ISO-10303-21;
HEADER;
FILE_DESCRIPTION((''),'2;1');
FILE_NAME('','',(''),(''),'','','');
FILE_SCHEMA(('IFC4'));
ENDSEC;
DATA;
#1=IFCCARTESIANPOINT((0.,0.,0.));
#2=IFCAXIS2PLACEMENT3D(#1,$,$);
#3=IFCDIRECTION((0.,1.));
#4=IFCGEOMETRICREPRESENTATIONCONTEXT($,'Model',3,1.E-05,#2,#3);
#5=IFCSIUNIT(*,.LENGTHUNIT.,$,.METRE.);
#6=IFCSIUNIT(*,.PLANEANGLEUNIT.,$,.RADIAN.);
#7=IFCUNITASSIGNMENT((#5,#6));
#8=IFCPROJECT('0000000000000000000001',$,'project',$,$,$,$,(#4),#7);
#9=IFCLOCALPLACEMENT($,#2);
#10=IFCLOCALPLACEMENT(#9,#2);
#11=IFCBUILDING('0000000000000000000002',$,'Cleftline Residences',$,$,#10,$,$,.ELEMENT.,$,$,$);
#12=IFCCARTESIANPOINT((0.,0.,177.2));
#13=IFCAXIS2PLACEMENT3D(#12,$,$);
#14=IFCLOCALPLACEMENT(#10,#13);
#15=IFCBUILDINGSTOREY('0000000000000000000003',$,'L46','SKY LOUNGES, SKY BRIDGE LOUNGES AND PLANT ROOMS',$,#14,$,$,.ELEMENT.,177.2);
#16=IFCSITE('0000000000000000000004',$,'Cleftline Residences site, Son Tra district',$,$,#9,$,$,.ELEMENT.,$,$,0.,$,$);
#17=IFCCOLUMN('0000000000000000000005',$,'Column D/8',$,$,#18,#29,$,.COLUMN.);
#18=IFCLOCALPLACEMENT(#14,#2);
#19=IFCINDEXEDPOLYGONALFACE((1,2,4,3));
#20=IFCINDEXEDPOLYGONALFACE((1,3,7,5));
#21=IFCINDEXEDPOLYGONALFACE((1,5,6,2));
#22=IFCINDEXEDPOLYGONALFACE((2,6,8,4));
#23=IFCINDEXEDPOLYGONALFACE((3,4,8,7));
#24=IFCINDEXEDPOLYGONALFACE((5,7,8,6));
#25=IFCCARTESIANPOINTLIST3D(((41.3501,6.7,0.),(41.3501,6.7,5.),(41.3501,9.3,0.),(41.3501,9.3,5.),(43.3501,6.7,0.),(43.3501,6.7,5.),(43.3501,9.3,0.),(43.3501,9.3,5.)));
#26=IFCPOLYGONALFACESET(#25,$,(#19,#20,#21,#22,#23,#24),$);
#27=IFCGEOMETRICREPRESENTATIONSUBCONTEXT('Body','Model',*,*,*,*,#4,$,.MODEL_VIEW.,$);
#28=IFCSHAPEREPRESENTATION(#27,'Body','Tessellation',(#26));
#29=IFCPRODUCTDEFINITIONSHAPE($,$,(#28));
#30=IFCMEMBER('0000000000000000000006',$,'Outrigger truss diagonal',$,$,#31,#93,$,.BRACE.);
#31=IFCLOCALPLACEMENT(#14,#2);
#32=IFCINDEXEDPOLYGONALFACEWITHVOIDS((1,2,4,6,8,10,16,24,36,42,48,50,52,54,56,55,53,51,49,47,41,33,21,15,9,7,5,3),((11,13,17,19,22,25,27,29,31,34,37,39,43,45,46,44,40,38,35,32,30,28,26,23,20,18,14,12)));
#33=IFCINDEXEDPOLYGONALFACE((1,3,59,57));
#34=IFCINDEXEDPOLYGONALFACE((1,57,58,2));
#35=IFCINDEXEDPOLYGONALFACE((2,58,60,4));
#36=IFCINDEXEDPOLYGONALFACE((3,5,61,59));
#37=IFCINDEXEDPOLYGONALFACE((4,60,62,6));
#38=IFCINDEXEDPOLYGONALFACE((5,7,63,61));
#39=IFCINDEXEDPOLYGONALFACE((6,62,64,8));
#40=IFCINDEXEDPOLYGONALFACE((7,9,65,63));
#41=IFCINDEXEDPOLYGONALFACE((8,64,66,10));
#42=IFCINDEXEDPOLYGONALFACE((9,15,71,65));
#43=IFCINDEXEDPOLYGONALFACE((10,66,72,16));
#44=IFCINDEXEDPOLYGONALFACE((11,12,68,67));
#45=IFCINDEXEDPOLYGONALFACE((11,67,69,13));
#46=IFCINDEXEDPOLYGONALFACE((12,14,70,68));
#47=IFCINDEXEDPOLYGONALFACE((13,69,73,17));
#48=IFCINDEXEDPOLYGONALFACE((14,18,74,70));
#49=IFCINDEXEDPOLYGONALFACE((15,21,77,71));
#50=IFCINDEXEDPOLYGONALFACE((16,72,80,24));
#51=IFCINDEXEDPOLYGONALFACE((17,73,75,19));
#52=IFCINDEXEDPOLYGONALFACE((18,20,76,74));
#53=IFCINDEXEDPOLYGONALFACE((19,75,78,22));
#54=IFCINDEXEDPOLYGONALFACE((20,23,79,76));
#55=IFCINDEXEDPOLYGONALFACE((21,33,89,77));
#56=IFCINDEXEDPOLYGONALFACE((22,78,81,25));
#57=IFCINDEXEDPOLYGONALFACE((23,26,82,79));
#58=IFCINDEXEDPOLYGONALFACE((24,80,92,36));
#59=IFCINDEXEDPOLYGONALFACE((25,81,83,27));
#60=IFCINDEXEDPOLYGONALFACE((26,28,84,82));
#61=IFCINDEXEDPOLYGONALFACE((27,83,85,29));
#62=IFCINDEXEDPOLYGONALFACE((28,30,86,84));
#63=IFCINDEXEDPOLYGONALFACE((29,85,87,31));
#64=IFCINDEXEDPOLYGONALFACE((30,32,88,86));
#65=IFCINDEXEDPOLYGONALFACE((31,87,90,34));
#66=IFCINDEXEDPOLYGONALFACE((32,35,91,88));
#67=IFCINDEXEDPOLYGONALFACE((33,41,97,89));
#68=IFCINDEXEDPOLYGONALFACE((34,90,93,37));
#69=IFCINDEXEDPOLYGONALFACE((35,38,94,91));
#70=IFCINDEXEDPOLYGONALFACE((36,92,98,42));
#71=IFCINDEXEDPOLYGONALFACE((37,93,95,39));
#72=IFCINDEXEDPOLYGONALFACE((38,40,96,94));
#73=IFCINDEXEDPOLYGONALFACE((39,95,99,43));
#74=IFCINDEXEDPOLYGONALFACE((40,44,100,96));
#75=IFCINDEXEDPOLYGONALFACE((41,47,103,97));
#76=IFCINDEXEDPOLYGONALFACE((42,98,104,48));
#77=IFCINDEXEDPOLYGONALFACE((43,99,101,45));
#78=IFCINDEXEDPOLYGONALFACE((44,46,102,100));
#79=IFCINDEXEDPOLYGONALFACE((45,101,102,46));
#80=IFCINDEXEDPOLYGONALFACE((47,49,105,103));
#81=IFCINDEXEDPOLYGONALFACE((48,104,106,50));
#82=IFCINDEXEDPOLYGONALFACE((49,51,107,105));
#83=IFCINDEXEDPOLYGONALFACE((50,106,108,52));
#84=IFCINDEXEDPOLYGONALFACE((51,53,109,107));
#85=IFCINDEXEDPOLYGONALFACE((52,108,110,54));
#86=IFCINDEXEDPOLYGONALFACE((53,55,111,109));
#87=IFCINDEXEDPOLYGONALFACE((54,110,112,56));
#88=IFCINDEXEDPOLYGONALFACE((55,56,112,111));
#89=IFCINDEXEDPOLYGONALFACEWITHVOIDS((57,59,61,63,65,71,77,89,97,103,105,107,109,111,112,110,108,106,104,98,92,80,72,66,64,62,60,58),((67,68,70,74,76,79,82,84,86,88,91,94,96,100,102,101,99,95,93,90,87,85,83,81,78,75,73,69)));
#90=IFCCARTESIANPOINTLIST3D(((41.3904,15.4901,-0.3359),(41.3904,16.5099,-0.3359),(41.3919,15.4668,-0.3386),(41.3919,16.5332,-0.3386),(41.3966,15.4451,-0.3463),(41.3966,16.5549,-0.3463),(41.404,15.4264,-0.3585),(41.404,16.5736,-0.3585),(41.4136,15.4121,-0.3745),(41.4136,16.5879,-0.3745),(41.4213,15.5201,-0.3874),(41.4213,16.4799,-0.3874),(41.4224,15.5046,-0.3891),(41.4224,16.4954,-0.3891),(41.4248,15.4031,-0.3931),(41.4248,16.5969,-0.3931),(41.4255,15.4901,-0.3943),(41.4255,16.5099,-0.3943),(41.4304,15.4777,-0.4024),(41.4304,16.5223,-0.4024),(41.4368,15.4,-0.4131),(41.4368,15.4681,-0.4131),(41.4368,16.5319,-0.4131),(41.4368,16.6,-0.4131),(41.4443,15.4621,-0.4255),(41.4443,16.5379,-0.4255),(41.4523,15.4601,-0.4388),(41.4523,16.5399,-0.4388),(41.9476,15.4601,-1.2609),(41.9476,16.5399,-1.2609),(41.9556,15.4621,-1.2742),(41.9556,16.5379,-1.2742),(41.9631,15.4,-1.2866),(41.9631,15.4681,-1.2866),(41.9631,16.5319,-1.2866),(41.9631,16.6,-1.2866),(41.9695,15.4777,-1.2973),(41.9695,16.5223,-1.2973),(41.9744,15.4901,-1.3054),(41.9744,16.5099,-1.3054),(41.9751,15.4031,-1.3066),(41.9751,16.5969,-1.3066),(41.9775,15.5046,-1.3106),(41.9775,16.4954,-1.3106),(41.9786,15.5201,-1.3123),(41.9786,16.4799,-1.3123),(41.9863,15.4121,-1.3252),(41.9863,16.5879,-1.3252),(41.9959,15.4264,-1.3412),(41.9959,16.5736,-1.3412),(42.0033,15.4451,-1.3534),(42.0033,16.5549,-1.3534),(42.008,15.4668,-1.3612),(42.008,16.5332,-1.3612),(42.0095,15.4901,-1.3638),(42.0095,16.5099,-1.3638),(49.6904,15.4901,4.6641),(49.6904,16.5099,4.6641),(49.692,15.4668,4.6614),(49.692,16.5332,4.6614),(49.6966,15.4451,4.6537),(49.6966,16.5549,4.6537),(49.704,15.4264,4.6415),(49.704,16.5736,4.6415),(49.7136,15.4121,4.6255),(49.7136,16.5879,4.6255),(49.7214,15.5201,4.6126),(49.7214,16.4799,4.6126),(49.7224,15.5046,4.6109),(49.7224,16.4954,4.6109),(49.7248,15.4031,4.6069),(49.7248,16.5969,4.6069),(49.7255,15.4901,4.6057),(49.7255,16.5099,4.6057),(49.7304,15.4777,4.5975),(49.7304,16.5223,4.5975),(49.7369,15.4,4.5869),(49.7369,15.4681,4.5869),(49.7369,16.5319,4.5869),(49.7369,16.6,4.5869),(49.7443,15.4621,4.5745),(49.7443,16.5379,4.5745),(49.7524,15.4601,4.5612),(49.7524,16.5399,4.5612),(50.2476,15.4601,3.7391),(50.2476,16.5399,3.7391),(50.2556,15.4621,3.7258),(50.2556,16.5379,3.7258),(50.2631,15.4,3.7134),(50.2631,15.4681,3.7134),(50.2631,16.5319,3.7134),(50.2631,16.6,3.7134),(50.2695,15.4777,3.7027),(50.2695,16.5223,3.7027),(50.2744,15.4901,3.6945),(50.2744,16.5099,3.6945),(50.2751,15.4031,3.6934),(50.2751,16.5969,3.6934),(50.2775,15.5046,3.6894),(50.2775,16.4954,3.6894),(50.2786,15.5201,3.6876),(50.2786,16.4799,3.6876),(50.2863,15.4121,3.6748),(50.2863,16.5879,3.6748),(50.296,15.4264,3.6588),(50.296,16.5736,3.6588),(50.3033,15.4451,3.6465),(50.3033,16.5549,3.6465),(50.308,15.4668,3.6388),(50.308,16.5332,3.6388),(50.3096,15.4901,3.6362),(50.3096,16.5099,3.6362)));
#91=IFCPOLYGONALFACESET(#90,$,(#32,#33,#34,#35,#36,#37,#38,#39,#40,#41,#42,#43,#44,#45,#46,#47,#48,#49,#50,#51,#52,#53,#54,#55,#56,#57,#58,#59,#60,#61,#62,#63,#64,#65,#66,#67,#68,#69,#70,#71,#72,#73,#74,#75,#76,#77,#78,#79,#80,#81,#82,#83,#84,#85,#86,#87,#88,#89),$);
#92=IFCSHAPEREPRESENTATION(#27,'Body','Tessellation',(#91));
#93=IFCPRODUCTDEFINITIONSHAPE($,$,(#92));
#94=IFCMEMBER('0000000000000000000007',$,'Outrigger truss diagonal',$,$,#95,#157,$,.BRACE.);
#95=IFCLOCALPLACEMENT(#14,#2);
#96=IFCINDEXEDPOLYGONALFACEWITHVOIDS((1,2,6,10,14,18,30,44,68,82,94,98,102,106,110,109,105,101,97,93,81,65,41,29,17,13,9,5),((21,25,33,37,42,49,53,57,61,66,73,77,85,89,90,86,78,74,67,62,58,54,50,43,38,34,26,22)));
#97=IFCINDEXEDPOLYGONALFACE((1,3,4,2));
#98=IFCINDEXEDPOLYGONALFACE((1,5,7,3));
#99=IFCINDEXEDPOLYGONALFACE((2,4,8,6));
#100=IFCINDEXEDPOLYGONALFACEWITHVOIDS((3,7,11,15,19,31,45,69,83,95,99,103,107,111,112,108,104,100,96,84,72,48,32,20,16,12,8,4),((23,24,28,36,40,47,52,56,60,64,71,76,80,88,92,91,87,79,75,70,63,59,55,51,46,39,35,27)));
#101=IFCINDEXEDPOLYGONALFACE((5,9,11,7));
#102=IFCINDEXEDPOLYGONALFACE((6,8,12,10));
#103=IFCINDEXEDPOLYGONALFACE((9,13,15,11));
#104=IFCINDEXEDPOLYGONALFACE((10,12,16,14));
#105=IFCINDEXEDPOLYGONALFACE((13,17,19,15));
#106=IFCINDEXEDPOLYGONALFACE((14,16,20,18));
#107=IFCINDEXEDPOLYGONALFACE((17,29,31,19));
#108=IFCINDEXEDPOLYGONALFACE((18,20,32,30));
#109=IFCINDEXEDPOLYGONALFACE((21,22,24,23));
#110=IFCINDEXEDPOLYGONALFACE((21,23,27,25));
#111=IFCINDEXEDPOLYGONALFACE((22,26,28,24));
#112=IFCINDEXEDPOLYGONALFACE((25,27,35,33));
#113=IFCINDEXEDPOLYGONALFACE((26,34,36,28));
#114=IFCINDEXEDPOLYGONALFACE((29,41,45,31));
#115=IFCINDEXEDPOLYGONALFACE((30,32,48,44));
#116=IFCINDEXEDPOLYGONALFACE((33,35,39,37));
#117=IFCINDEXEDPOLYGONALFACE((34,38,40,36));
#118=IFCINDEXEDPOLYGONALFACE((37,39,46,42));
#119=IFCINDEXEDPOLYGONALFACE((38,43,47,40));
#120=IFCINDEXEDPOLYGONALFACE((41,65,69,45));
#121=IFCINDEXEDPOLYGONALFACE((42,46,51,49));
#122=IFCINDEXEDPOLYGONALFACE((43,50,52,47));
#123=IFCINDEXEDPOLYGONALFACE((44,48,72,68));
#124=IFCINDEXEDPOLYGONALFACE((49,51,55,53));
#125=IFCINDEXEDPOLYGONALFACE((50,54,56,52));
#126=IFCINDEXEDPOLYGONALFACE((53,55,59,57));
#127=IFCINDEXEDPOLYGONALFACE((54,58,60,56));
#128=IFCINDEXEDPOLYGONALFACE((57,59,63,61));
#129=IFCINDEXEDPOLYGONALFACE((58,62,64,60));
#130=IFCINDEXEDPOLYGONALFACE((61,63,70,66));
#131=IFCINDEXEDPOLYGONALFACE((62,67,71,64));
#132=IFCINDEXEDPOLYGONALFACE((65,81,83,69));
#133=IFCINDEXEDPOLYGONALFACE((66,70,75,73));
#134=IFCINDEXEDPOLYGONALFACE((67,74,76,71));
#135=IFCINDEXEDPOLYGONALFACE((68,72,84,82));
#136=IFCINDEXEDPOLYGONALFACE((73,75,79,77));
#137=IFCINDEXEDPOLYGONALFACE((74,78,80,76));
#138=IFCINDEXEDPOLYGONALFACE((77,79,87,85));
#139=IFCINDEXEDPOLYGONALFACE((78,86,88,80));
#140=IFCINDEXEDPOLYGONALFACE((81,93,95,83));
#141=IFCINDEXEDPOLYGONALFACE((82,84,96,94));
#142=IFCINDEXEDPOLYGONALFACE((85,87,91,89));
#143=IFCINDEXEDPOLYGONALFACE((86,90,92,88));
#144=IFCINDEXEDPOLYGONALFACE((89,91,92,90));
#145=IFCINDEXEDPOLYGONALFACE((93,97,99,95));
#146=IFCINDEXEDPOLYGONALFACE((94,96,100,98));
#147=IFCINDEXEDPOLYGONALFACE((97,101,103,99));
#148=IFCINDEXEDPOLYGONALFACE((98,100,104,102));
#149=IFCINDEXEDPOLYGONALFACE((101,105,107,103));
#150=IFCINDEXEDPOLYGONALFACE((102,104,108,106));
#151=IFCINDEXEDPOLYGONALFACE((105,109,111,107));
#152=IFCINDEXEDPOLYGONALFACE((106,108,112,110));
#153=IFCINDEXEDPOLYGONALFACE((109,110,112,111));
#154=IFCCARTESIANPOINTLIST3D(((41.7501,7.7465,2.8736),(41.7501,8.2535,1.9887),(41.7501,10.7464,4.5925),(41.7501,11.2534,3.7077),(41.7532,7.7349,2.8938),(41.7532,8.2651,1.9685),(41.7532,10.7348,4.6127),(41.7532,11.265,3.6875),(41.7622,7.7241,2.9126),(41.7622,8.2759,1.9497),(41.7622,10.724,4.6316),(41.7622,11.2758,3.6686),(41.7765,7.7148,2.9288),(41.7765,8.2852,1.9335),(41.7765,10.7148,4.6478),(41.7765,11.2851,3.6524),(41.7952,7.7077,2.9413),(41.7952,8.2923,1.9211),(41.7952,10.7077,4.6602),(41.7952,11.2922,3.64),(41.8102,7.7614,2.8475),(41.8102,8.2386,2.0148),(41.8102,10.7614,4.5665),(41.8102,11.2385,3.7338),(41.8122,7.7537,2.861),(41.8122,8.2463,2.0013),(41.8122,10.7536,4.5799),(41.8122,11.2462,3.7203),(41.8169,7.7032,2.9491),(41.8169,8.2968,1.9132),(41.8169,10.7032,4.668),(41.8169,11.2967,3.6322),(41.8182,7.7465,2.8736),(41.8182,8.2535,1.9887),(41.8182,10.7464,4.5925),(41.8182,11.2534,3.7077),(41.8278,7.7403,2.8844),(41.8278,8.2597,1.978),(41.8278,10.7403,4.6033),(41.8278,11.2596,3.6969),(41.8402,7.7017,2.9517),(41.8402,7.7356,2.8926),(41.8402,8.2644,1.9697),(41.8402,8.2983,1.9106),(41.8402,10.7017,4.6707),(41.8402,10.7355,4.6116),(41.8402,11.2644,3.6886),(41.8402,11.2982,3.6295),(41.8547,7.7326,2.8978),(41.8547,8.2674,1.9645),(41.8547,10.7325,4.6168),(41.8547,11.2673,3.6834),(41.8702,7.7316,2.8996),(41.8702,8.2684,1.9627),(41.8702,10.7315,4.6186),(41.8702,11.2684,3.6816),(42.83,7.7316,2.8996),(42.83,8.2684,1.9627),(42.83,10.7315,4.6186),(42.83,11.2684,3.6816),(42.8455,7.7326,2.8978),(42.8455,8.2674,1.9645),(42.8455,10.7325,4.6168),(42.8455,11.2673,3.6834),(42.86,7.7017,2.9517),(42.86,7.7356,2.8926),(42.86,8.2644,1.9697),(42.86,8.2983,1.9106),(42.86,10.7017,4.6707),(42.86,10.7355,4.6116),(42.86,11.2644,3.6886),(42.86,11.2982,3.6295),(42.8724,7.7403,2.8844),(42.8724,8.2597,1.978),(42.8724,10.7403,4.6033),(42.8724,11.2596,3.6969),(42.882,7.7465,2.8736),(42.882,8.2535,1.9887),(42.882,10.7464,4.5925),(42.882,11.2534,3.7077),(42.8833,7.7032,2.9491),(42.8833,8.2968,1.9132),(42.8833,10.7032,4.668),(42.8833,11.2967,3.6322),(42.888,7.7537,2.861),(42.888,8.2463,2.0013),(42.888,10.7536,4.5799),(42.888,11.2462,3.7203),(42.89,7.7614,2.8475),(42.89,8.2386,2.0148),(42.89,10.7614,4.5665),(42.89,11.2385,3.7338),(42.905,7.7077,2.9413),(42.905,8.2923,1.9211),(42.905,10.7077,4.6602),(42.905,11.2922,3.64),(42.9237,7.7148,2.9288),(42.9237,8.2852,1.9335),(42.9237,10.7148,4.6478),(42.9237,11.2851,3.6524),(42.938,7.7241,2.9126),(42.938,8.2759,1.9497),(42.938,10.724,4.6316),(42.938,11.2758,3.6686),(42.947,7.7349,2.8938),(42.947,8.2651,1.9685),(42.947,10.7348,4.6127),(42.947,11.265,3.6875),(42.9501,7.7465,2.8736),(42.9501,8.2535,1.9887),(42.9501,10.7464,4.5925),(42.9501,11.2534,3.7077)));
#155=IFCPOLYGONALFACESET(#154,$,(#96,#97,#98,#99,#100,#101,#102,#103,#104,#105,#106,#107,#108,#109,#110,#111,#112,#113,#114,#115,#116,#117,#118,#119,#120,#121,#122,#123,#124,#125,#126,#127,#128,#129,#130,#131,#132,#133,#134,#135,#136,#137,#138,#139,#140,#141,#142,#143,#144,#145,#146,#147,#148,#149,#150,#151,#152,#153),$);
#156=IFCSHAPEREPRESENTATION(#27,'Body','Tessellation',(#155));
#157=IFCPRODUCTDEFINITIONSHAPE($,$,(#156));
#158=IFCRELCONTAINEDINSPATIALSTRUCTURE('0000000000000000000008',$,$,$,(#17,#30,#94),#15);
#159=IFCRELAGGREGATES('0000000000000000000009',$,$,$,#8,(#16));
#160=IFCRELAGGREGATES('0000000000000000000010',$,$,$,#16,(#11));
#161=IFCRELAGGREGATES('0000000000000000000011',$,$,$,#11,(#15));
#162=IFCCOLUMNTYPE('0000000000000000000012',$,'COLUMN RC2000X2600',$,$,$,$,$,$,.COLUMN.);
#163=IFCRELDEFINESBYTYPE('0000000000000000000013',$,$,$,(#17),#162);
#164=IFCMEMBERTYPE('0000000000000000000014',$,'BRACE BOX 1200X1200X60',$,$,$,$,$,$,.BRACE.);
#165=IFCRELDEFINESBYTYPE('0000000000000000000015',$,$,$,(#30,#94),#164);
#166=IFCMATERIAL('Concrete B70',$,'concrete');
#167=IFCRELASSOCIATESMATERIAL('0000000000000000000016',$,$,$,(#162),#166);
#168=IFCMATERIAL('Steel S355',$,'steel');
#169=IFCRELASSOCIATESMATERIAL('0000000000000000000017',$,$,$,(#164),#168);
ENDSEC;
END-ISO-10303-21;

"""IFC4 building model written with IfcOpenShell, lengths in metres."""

from ifc_helpers import new_model, si_unit, direction, frame, origin, origin_2d, place, context, subcontext, project, spatial, rectangle, hollow_rectangle, extrude, material, material_profile, profile_set, type_object, element, save


model = new_model("IFC4")

# Units and contexts
model_context = context("Model", 3, precision=1e-05, world=origin(), true_north=direction((0.0, 1.0)))
body_context = subcontext(model_context, "Body", "Model", "MODEL_VIEW")
ifc_project = project(units=[si_unit("LENGTHUNIT", "METRE"), si_unit("PLANEANGLEUNIT", "RADIAN")], contexts=[model_context])

# Site, building, storey
site_placement = place(None, origin())
site = spatial("IfcSite", under=ifc_project, at=site_placement, Name="Cleftline Residences site, Son Tra district", CompositionType="ELEMENT", RefElevation=0.0)
building_placement = place(site_placement, origin())
building = spatial("IfcBuilding", under=site, at=building_placement, Name="Cleftline Residences", CompositionType="ELEMENT")
storey_placement = place(building_placement, frame((0.0, 0.0, 177.2)))
storey = spatial("IfcBuildingStorey", under=building, at=storey_placement, Name="L46", Description="SKY LOUNGES, SKY BRIDGE LOUNGES AND PLANT ROOMS", CompositionType="ELEMENT", Elevation=177.2)

# Column
ifc_material_1 = material(Name="Concrete B70", Category="concrete")
ifc_material_profile_1 = material_profile(ifc_material_1, rectangle(XDim=2.0, YDim=2.6001, at=origin_2d()))
ifc_profile_set_1 = profile_set([ifc_material_profile_1], Name="Concrete B70")
column_type = type_object("IfcColumnType", Name="COLUMN RC2000X2600", PredefinedType="COLUMN", material=ifc_profile_set_1)
column_placement = place(storey_placement, frame((42.3501, 8.0, 0.0), z_axis=(0.0, 0.0, 1.0), x_axis=(1.0, 0.0, 0.0)))
element("IfcColumn", 1, at=column_placement, inside=storey, type_object=column_type, Name="Column D/8", PredefinedType="COLUMN", context=body_context, shape_type="SweptSolid", body=[
    extrude(rectangle(XDim=2.0, YDim=2.6001, at=origin_2d()), origin(), (0.0, 0.0, 1.0), 5.0),
])

# Members
ifc_material_2 = material(Name="Steel S355", Category="steel")
ifc_material_profile_2 = material_profile(ifc_material_2, hollow_rectangle(XDim=1.2, YDim=1.2, WallThickness=0.0601, InnerFilletRadius=0.0601, OuterFilletRadius=0.0901, at=origin_2d()))
ifc_profile_set_2 = profile_set([ifc_material_profile_2], Name="Steel S355")
member_type_1 = type_object("IfcMemberType", Name="BRACE BOX 1200X1200X60", PredefinedType="BRACE", material=ifc_profile_set_2)
member_1_placement = place(storey_placement, frame((41.7, 16.0, -0.8499), z_axis=(0.856582, 0.0, 0.51601), x_axis=(-0.51601, 0.0, 0.856582)))
element("IfcMember", 2, at=member_1_placement, inside=storey, type_object=member_type_1, Name="Outrigger truss diagonal", PredefinedType="BRACE", context=body_context, shape_type="SweptSolid", body=[
    extrude(hollow_rectangle(XDim=1.2, YDim=1.2, WallThickness=0.0601, InnerFilletRadius=0.0601, OuterFilletRadius=0.0901, at=origin_2d()), origin(), (0.0, 0.0, 1.0), 9.6897),
])
for number, where, z_axis, x_axis, name in (
    (3, (42.3501, 8.0, 2.4312), (0.0, 0.867656, 0.497165), (0.0, -0.497165, 0.867656), "Outrigger truss diagonal"),
):
    element("IfcMember", number, at=place(storey_placement, frame(where, z_axis=z_axis, x_axis=x_axis)), inside=storey, type_object=member_type_1, Name=name, PredefinedType="BRACE", context=body_context, shape_type="SweptSolid", body=[
        extrude(hollow_rectangle(XDim=1.2, YDim=1.2, WallThickness=0.0601, InnerFilletRadius=0.0601, OuterFilletRadius=0.0901, at=origin_2d()), origin(), (0.0, 0.0, 1.0), 3.4575),
    ])

save(model, "model.ifc")
